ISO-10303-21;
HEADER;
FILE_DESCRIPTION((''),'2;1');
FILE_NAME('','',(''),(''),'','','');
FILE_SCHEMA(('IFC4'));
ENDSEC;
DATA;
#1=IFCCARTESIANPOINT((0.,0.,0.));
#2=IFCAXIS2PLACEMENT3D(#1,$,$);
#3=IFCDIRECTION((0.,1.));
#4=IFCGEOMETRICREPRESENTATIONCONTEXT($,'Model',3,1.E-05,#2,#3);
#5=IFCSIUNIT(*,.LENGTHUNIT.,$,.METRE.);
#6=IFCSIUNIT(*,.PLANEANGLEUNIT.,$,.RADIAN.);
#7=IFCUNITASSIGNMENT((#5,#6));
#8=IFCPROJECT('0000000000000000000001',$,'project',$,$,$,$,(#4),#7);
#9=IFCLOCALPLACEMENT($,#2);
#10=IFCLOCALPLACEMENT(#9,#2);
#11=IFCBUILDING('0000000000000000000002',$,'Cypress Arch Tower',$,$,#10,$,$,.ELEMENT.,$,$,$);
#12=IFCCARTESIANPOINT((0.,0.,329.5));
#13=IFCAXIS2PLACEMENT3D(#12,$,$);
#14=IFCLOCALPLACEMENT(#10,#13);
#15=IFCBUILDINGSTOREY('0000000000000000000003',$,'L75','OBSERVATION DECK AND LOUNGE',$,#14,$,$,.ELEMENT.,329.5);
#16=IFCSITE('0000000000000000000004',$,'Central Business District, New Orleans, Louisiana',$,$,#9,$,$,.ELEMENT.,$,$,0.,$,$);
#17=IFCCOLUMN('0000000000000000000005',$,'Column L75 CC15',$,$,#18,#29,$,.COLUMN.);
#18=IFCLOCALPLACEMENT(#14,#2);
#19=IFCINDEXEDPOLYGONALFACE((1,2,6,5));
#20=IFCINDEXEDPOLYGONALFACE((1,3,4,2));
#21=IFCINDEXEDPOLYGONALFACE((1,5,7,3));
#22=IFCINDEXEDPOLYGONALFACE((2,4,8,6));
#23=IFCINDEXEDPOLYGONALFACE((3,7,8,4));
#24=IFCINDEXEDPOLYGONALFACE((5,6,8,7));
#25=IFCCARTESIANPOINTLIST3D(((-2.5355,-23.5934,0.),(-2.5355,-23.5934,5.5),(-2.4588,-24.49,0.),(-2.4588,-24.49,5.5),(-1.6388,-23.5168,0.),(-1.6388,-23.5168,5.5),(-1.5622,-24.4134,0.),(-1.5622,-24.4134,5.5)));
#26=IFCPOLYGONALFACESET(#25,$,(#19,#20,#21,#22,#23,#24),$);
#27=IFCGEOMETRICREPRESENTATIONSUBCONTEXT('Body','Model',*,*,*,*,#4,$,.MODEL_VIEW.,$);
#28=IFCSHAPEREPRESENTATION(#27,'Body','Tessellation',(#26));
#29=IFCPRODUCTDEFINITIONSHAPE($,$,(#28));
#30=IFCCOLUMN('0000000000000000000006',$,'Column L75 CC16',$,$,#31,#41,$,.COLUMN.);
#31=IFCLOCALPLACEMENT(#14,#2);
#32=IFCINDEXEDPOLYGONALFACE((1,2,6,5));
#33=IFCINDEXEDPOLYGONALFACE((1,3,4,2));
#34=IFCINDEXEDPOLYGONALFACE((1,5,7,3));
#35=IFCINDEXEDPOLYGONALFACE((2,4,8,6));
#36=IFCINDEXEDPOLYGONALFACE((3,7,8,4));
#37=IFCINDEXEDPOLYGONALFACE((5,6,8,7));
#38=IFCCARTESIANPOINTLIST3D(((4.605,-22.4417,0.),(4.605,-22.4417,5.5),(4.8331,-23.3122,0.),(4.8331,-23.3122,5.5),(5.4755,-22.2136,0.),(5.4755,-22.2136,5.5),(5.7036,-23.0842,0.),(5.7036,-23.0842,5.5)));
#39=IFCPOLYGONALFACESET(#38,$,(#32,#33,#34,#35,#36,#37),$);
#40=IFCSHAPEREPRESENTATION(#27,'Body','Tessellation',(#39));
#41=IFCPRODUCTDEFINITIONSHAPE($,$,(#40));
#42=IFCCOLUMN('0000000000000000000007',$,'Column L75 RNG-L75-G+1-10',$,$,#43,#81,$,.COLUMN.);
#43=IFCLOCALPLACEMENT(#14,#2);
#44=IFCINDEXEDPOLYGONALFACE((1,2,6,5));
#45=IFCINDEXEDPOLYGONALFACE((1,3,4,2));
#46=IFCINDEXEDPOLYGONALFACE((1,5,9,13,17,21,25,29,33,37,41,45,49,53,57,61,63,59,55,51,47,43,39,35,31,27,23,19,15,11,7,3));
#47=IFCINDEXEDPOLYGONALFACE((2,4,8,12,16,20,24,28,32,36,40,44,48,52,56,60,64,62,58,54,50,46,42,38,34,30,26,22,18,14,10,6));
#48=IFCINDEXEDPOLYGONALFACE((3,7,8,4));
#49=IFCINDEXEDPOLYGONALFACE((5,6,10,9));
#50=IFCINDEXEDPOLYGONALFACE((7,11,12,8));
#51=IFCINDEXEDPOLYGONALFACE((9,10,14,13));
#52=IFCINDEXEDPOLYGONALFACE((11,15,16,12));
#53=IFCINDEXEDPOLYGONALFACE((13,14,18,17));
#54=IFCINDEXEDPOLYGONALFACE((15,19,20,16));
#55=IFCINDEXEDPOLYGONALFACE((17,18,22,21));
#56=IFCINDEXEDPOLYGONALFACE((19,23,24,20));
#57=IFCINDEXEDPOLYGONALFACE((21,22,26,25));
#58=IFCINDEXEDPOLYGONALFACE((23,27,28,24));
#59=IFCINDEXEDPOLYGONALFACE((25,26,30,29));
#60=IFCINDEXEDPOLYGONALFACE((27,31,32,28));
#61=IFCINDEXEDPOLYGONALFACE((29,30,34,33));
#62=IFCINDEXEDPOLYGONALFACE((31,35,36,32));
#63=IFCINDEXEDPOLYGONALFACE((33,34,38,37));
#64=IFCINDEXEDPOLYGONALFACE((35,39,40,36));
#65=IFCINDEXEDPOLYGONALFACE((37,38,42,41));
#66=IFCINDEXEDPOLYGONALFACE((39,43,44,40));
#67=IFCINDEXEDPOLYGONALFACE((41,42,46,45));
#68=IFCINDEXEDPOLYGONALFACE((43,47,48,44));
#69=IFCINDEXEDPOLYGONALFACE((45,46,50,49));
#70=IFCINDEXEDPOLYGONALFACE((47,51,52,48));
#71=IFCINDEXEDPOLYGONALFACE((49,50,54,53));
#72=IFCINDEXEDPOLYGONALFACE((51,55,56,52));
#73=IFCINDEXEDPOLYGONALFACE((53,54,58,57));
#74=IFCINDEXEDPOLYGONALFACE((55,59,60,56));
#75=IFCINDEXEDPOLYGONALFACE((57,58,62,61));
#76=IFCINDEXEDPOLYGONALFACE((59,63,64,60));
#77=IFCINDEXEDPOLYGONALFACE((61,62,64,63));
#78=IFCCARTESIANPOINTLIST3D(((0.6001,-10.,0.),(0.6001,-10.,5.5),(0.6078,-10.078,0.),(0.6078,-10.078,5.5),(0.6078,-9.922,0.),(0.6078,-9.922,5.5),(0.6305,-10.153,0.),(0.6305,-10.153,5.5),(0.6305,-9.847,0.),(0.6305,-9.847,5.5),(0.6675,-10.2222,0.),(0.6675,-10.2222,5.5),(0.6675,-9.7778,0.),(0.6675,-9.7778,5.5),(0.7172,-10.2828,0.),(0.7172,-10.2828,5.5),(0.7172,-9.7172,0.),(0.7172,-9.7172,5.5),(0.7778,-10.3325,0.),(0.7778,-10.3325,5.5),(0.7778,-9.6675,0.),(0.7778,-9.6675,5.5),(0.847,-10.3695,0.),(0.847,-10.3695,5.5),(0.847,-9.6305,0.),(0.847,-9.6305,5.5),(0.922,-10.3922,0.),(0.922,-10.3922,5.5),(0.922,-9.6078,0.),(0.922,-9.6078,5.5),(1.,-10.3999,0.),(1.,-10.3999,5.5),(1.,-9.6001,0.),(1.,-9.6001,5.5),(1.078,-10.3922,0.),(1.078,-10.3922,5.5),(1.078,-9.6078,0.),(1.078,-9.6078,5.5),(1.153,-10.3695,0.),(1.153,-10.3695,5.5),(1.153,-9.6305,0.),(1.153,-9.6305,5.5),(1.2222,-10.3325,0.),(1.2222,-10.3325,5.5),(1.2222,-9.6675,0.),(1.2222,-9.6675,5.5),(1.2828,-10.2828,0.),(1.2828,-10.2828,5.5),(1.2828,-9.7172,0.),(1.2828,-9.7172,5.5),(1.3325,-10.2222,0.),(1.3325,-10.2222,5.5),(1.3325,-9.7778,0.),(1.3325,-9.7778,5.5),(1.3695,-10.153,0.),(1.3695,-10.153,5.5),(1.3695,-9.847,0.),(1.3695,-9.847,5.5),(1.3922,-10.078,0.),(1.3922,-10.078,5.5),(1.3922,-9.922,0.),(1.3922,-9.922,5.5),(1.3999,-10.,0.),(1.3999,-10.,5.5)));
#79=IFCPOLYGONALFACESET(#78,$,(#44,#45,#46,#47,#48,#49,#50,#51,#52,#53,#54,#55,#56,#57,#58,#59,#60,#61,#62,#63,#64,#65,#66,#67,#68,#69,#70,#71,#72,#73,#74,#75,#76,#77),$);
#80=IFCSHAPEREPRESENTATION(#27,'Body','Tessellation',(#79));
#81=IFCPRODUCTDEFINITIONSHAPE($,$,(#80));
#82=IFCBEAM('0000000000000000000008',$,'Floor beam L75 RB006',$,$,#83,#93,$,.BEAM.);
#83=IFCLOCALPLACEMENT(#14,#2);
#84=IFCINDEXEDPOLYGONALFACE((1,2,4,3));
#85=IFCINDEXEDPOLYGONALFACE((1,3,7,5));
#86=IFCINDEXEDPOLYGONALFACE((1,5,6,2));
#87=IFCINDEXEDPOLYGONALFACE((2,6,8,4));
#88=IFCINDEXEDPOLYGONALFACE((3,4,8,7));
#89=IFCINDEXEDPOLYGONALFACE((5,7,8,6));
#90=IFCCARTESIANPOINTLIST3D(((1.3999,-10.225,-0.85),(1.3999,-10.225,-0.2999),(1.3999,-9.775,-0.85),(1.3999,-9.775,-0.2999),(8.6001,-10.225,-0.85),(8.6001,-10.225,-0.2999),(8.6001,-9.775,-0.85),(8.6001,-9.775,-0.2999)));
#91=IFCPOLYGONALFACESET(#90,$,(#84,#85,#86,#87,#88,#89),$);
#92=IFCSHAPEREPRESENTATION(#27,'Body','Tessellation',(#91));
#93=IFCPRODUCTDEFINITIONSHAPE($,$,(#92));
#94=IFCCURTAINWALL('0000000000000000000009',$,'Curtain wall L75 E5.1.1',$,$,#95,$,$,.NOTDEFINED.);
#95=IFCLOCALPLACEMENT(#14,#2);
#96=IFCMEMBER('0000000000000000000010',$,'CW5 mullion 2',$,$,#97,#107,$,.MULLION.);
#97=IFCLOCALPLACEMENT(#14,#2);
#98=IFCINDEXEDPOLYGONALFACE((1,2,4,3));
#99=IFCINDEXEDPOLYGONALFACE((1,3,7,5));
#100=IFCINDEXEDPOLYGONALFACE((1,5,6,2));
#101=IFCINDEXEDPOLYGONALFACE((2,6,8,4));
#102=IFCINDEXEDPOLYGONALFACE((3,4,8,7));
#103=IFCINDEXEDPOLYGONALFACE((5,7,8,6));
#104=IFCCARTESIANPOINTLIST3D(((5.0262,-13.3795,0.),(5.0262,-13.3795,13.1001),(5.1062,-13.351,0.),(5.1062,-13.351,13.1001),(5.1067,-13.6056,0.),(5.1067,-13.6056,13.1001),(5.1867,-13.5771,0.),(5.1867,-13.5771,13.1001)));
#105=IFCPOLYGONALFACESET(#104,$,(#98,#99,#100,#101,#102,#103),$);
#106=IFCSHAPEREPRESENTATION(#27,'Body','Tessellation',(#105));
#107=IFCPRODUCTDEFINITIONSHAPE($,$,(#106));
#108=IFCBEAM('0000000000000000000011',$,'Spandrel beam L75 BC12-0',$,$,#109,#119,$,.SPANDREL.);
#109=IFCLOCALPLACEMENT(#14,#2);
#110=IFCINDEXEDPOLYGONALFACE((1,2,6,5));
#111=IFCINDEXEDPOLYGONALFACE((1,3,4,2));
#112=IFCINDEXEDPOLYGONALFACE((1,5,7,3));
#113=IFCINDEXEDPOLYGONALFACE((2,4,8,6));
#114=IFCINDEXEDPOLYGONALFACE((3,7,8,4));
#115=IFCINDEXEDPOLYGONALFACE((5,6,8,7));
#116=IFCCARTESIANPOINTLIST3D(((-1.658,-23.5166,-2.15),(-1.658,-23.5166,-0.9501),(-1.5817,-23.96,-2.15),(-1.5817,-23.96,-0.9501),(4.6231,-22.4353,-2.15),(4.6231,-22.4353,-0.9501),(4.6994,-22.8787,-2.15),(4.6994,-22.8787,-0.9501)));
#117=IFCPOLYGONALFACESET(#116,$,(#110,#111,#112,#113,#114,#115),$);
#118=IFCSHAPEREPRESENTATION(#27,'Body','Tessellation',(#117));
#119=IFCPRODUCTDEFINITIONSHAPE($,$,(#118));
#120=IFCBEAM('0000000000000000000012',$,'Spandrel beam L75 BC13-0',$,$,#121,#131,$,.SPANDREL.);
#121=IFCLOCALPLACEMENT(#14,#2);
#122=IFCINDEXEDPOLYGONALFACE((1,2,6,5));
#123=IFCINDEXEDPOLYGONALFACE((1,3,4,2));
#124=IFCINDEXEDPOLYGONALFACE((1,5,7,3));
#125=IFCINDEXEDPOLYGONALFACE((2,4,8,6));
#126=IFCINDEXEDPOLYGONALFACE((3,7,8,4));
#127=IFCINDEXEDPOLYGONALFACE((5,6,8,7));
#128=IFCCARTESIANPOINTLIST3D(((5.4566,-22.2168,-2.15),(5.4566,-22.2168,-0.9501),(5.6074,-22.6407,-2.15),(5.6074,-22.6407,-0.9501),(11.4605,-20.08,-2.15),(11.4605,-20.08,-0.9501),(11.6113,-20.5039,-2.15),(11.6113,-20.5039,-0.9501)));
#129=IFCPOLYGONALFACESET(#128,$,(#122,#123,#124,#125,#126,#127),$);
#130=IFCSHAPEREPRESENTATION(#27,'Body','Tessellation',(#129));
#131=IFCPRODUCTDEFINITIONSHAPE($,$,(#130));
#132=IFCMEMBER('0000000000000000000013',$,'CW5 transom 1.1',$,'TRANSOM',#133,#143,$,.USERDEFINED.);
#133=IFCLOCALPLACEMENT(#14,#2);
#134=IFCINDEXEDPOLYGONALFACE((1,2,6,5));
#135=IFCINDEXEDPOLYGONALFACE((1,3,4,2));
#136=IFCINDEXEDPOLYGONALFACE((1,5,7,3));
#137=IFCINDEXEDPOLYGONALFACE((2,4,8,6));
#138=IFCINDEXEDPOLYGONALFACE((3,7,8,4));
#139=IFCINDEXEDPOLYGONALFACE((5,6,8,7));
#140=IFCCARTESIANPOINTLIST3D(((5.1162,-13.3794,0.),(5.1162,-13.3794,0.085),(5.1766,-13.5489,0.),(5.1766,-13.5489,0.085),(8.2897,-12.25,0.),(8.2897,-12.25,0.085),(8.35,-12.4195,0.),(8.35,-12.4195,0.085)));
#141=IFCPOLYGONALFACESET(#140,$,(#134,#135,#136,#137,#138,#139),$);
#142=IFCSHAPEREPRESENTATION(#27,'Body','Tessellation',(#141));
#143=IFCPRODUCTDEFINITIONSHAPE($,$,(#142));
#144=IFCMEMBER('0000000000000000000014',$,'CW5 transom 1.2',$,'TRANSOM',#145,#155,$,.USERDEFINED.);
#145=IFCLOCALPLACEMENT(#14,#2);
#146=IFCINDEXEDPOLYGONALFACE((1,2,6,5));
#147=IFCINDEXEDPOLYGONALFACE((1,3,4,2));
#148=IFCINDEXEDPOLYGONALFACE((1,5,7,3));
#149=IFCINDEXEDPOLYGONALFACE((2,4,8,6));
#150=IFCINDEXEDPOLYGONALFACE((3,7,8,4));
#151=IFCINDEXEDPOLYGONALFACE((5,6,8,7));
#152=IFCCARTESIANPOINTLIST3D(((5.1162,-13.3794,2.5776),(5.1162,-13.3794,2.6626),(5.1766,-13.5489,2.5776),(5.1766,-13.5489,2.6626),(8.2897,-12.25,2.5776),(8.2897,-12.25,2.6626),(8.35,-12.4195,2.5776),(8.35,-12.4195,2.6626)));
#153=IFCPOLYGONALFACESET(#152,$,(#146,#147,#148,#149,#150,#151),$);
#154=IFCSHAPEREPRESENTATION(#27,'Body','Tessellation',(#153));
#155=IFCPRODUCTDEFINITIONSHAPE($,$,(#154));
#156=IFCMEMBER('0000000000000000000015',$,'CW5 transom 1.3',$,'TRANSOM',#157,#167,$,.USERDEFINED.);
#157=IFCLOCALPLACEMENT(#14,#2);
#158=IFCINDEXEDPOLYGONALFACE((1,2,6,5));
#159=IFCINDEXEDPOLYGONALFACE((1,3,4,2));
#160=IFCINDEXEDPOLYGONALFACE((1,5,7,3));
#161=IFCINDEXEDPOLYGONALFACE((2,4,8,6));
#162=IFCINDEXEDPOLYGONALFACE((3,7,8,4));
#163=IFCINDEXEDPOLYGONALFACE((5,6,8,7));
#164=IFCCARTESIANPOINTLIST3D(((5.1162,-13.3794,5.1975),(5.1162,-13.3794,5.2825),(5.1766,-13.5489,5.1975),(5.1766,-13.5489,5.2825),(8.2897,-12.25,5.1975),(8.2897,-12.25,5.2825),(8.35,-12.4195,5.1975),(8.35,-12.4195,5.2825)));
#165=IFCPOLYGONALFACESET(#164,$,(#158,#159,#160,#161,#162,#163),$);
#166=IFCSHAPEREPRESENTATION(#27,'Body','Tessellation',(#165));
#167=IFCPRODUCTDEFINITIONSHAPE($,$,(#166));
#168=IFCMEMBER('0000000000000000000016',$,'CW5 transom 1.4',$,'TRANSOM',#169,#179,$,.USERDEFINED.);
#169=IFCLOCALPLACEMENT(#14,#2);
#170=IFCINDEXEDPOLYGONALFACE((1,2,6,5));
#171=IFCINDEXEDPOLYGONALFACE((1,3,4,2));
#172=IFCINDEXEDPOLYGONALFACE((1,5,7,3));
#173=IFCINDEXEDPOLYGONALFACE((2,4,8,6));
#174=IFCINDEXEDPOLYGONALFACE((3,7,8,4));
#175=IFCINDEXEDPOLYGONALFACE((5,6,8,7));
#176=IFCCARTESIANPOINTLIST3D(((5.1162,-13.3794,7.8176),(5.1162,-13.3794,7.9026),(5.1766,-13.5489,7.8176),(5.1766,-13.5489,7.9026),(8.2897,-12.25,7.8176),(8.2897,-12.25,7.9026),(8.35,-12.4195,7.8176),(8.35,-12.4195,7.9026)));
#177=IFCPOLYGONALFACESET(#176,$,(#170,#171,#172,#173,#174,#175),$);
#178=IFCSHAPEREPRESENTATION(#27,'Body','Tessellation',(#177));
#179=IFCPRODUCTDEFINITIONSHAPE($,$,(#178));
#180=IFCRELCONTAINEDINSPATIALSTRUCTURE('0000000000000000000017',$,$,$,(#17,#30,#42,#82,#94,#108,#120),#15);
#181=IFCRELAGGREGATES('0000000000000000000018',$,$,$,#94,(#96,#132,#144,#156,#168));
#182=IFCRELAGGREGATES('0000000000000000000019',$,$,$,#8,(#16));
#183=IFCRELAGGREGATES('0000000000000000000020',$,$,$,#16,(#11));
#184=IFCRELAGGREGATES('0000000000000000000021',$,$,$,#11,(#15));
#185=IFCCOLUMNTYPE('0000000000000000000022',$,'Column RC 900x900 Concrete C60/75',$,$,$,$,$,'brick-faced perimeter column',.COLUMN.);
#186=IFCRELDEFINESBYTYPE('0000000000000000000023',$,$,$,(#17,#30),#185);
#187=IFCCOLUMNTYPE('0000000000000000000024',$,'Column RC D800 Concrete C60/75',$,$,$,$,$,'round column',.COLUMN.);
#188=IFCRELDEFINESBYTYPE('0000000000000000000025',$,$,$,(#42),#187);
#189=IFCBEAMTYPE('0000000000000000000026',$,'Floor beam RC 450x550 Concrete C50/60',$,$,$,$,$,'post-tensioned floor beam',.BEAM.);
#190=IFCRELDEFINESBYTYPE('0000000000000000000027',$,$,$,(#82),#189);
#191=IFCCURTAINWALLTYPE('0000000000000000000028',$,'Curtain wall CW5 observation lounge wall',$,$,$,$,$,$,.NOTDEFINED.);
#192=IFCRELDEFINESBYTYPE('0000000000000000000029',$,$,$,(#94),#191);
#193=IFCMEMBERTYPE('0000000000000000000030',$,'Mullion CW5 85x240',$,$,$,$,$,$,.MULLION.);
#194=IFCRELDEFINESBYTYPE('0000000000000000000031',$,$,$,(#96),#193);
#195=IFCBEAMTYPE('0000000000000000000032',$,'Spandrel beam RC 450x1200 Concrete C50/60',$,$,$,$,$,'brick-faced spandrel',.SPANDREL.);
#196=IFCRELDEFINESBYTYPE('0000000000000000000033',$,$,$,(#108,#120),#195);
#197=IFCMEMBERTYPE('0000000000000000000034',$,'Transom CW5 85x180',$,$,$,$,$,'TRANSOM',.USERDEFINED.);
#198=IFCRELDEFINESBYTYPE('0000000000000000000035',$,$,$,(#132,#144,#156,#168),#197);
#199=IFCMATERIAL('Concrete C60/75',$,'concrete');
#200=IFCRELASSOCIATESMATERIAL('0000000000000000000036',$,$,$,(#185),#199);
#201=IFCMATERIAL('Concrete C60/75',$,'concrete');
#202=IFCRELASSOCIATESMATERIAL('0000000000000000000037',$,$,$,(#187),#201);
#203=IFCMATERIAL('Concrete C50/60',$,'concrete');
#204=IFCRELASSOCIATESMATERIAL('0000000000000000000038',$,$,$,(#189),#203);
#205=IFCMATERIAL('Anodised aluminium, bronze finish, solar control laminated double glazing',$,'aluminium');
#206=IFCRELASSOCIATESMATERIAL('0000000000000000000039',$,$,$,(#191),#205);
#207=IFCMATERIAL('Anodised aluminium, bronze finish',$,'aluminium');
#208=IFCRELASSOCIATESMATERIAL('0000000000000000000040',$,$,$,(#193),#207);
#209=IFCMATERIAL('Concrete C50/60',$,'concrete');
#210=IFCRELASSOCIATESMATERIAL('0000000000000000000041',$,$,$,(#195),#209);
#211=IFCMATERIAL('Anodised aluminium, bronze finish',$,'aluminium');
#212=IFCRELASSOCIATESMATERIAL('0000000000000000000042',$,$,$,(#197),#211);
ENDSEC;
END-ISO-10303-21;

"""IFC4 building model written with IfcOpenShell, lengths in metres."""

from ifc_helpers import new_model, si_unit, direction, frame, origin, origin_2d, place, context, subcontext, project, spatial, rectangle, circle, extrude, material, material_profile, profile_set, type_object, element, aggregate, save


model = new_model("IFC4")

# Units and contexts
model_context = context("Model", 3, precision=1e-05, world=origin(), true_north=direction((0.0, 1.0)))
body_context = subcontext(model_context, "Body", "Model", "MODEL_VIEW")
ifc_project = project(units=[si_unit("LENGTHUNIT", "METRE"), si_unit("PLANEANGLEUNIT", "RADIAN")], contexts=[model_context])

# Site, building, storey
site_placement = place(None, origin())
site = spatial("IfcSite", under=ifc_project, at=site_placement, Name="Central Business District, New Orleans, Louisiana", CompositionType="ELEMENT", RefElevation=0.0)
building_placement = place(site_placement, origin())
building = spatial("IfcBuilding", under=site, at=building_placement, Name="Cypress Arch Tower", CompositionType="ELEMENT")
storey_placement = place(building_placement, frame((0.0, 0.0, 329.5)))
storey = spatial("IfcBuildingStorey", under=building, at=storey_placement, Name="L75", Description="OBSERVATION DECK AND LOUNGE", CompositionType="ELEMENT", Elevation=329.5)

# Columns
ifc_material_1 = material(Name="Concrete C60/75", Category="concrete")
ifc_material_profile_1 = material_profile(ifc_material_1, rectangle(XDim=0.8999, YDim=0.8999, at=origin_2d()), Name="RC 900x900")
ifc_profile_set_1 = profile_set([ifc_material_profile_1], Name="Concrete C60/75")
column_type_1 = type_object("IfcColumnType", Name="Column RC 900x900 Concrete C60/75", ElementType="brick-faced perimeter column", PredefinedType="COLUMN", material=ifc_profile_set_1)
for number, where, z_axis, x_axis, name in (
    (1, (-2.0488, -24.0034, 0.0), (0.0, 0.0, 1.0), (0.996368, 0.085149, 0.0), "Column L75 CC15"),
    (2, (5.1543, -22.7629, 0.0), (0.0, 0.0, 1.0), (0.967356, 0.253422, 0.0), "Column L75 CC16"),
):
    element("IfcColumn", number, at=place(storey_placement, frame(where, z_axis=z_axis, x_axis=x_axis)), inside=storey, type_object=column_type_1, Name=name, PredefinedType="COLUMN", context=body_context, shape_type="SweptSolid", body=[
        extrude(rectangle(XDim=0.8999, YDim=0.8999, at=origin_2d()), origin(), (0.0, 0.0, 1.0), 5.5),
    ])
ifc_material_2 = material(Name="Concrete C60/75", Category="concrete")
ifc_material_profile_2 = material_profile(ifc_material_2, circle(Radius=0.3999, at=origin_2d()), Name="RC D800")
ifc_profile_set_2 = profile_set([ifc_material_profile_2], Name="Concrete C60/75")
column_type_2 = type_object("IfcColumnType", Name="Column RC D800 Concrete C60/75", ElementType="round column", PredefinedType="COLUMN", material=ifc_profile_set_2)
column_placement = place(storey_placement, frame((1.0, -10.0, 0.0), z_axis=(0.0, 0.0, 1.0), x_axis=(1.0, 0.0, 0.0)))
element("IfcColumn", 3, at=column_placement, inside=storey, type_object=column_type_2, Name="Column L75 RNG-L75-G+1-10", PredefinedType="COLUMN", context=body_context, shape_type="SweptSolid", body=[
    extrude(circle(Radius=0.3999, at=origin_2d()), origin(), (0.0, 0.0, 1.0), 5.5),
])

# Beam
ifc_material_3 = material(Name="Concrete C50/60", Category="concrete")
ifc_material_profile_3 = material_profile(ifc_material_3, rectangle(XDim=0.45, YDim=0.55, at=origin_2d()), Name="RC 450x550")
ifc_profile_set_3 = profile_set([ifc_material_profile_3], Name="Concrete C50/60")
beam_type_1 = type_object("IfcBeamType", Name="Floor beam RC 450x550 Concrete C50/60", ElementType="post-tensioned floor beam", PredefinedType="BEAM", material=ifc_profile_set_3)
beam_1_placement = place(storey_placement, frame((1.3999, -10.0, -0.575), z_axis=(1.0, 0.0, 0.0), x_axis=(0.0, 1.0, 0.0)))
element("IfcBeam", 4, at=beam_1_placement, inside=storey, type_object=beam_type_1, Name="Floor beam L75 RB006", PredefinedType="BEAM", context=body_context, shape_type="SweptSolid", body=[
    extrude(rectangle(XDim=0.45, YDim=0.55, at=origin_2d()), origin(), (0.0, 0.0, 1.0), 7.2002),
])

# Curtain wall, member
ifc_material_4 = material(Name="Anodised aluminium, bronze finish, solar control laminated double glazing", Category="aluminium")
curtain_wall_type = type_object("IfcCurtainWallType", Name="Curtain wall CW5 observation lounge wall", PredefinedType="NOTDEFINED", material=ifc_material_4)
curtain_wall_placement = place(storey_placement, origin())
curtain_wall = element("IfcCurtainWall", 5, at=curtain_wall_placement, inside=storey, type_object=curtain_wall_type, Name="Curtain wall L75 E5.1.1", PredefinedType="NOTDEFINED")
ifc_material_5 = material(Name="Anodised aluminium, bronze finish", Category="aluminium")
ifc_material_profile_4 = material_profile(ifc_material_5, rectangle(XDim=0.24, YDim=0.085, at=origin_2d()), Name="Mullion 85x240")
ifc_profile_set_4 = profile_set([ifc_material_profile_4], Name="Anodised aluminium, bronze finish")
member_type_1 = type_object("IfcMemberType", Name="Mullion CW5 85x240", PredefinedType="MULLION", material=ifc_profile_set_4)
member_1_placement = place(storey_placement, frame((5.1064, -13.4783, 0.0), z_axis=(0.0, 0.0, 1.0), x_axis=(0.335304, -0.94211, 0.0)))
member_1 = element("IfcMember", 6, at=member_1_placement, type_object=member_type_1, Name="CW5 mullion 2", PredefinedType="MULLION", context=body_context, shape_type="SweptSolid", body=[
    extrude(rectangle(XDim=0.24, YDim=0.085, at=origin_2d()), origin(), (0.0, 0.0, 1.0), 13.1001),
])

# Beams
ifc_material_6 = material(Name="Concrete C50/60", Category="concrete")
ifc_material_profile_5 = material_profile(ifc_material_6, rectangle(XDim=0.45, YDim=1.2, at=origin_2d()), Name="RC 450x1200")
ifc_profile_set_5 = profile_set([ifc_material_profile_5], Name="Concrete C50/60")
beam_type_2 = type_object("IfcBeamType", Name="Spandrel beam RC 450x1200 Concrete C50/60", ElementType="brick-faced spandrel", PredefinedType="SPANDREL", material=ifc_profile_set_5)
beam_2_placement = place(storey_placement, frame((-1.6199, -23.7383, -1.55), z_axis=(0.985504, 0.169652, 0.0), x_axis=(-0.169652, 0.985504, 0.0)))
element("IfcBeam", 7, at=beam_2_placement, inside=storey, type_object=beam_type_2, Name="Spandrel beam L75 BC12-0", PredefinedType="SPANDREL", context=body_context, shape_type="SweptSolid", body=[
    extrude(rectangle(XDim=0.45, YDim=1.2, at=origin_2d()), origin(), (0.0, 0.0, 1.0), 6.3735),
])
beam_3_placement = place(storey_placement, frame((5.532, -22.4287, -1.55), z_axis=(0.942116, 0.335288, 0.0), x_axis=(-0.335288, 0.942116, 0.0)))
element("IfcBeam", 8, at=beam_3_placement, inside=storey, type_object=beam_type_2, Name="Spandrel beam L75 BC13-0", PredefinedType="SPANDREL", context=body_context, shape_type="SweptSolid", body=[
    extrude(rectangle(XDim=0.45, YDim=1.2, at=origin_2d()), origin(), (0.0, 0.0, 1.0), 6.3728),
])

# Members
ifc_material_7 = material(Name="Anodised aluminium, bronze finish", Category="aluminium")
ifc_material_profile_6 = material_profile(ifc_material_7, rectangle(XDim=0.1799, YDim=0.085, at=origin_2d()), Name="Transom 85x180")
ifc_profile_set_6 = profile_set([ifc_material_profile_6], Name="Anodised aluminium, bronze finish")
member_type_2 = type_object("IfcMemberType", Name="Transom CW5 85x180", ElementType="TRANSOM", PredefinedType="USERDEFINED", material=ifc_profile_set_6)
member_2_placement = place(storey_placement, frame((8.3198, -12.3347, 0.0425), z_axis=(-0.942112, -0.335298, 0.0), x_axis=(0.335298, -0.942112, 0.0)))
member_2 = element("IfcMember", 9, at=member_2_placement, type_object=member_type_2, Name="CW5 transom 1.1", ObjectType="TRANSOM", PredefinedType="USERDEFINED", context=body_context, shape_type="SweptSolid", body=[
    extrude(rectangle(XDim=0.1799, YDim=0.085, at=origin_2d()), origin(), (0.0, 0.0, 1.0), 3.3684),
])
member_3_placement = place(storey_placement, frame((8.3198, -12.3347, 2.6201), z_axis=(-0.942112, -0.335298, 0.0), x_axis=(0.335298, -0.942112, 0.0)))
member_3 = element("IfcMember", 10, at=member_3_placement, type_object=member_type_2, Name="CW5 transom 1.2", ObjectType="TRANSOM", PredefinedType="USERDEFINED", context=body_context, shape_type="SweptSolid", body=[
    extrude(rectangle(XDim=0.1799, YDim=0.085, at=origin_2d()), origin(), (0.0, 0.0, 1.0), 3.3684),
])
member_4_placement = place(storey_placement, frame((8.3198, -12.3347, 5.24), z_axis=(-0.942112, -0.335298, 0.0), x_axis=(0.335298, -0.942112, 0.0)))
member_4 = element("IfcMember", 11, at=member_4_placement, type_object=member_type_2, Name="CW5 transom 1.3", ObjectType="TRANSOM", PredefinedType="USERDEFINED", context=body_context, shape_type="SweptSolid", body=[
    extrude(rectangle(XDim=0.1799, YDim=0.085, at=origin_2d()), origin(), (0.0, 0.0, 1.0), 3.3684),
])
member_5_placement = place(storey_placement, frame((8.3198, -12.3347, 7.8601), z_axis=(-0.942112, -0.335298, 0.0), x_axis=(0.335298, -0.942112, 0.0)))
member_5 = element("IfcMember", 12, at=member_5_placement, type_object=member_type_2, Name="CW5 transom 1.4", ObjectType="TRANSOM", PredefinedType="USERDEFINED", context=body_context, shape_type="SweptSolid", body=[
    extrude(rectangle(XDim=0.1799, YDim=0.085, at=origin_2d()), origin(), (0.0, 0.0, 1.0), 3.3684),
])

aggregate(curtain_wall, [member_1, member_2, member_3, member_4, member_5])

save(model, "model.ifc")
